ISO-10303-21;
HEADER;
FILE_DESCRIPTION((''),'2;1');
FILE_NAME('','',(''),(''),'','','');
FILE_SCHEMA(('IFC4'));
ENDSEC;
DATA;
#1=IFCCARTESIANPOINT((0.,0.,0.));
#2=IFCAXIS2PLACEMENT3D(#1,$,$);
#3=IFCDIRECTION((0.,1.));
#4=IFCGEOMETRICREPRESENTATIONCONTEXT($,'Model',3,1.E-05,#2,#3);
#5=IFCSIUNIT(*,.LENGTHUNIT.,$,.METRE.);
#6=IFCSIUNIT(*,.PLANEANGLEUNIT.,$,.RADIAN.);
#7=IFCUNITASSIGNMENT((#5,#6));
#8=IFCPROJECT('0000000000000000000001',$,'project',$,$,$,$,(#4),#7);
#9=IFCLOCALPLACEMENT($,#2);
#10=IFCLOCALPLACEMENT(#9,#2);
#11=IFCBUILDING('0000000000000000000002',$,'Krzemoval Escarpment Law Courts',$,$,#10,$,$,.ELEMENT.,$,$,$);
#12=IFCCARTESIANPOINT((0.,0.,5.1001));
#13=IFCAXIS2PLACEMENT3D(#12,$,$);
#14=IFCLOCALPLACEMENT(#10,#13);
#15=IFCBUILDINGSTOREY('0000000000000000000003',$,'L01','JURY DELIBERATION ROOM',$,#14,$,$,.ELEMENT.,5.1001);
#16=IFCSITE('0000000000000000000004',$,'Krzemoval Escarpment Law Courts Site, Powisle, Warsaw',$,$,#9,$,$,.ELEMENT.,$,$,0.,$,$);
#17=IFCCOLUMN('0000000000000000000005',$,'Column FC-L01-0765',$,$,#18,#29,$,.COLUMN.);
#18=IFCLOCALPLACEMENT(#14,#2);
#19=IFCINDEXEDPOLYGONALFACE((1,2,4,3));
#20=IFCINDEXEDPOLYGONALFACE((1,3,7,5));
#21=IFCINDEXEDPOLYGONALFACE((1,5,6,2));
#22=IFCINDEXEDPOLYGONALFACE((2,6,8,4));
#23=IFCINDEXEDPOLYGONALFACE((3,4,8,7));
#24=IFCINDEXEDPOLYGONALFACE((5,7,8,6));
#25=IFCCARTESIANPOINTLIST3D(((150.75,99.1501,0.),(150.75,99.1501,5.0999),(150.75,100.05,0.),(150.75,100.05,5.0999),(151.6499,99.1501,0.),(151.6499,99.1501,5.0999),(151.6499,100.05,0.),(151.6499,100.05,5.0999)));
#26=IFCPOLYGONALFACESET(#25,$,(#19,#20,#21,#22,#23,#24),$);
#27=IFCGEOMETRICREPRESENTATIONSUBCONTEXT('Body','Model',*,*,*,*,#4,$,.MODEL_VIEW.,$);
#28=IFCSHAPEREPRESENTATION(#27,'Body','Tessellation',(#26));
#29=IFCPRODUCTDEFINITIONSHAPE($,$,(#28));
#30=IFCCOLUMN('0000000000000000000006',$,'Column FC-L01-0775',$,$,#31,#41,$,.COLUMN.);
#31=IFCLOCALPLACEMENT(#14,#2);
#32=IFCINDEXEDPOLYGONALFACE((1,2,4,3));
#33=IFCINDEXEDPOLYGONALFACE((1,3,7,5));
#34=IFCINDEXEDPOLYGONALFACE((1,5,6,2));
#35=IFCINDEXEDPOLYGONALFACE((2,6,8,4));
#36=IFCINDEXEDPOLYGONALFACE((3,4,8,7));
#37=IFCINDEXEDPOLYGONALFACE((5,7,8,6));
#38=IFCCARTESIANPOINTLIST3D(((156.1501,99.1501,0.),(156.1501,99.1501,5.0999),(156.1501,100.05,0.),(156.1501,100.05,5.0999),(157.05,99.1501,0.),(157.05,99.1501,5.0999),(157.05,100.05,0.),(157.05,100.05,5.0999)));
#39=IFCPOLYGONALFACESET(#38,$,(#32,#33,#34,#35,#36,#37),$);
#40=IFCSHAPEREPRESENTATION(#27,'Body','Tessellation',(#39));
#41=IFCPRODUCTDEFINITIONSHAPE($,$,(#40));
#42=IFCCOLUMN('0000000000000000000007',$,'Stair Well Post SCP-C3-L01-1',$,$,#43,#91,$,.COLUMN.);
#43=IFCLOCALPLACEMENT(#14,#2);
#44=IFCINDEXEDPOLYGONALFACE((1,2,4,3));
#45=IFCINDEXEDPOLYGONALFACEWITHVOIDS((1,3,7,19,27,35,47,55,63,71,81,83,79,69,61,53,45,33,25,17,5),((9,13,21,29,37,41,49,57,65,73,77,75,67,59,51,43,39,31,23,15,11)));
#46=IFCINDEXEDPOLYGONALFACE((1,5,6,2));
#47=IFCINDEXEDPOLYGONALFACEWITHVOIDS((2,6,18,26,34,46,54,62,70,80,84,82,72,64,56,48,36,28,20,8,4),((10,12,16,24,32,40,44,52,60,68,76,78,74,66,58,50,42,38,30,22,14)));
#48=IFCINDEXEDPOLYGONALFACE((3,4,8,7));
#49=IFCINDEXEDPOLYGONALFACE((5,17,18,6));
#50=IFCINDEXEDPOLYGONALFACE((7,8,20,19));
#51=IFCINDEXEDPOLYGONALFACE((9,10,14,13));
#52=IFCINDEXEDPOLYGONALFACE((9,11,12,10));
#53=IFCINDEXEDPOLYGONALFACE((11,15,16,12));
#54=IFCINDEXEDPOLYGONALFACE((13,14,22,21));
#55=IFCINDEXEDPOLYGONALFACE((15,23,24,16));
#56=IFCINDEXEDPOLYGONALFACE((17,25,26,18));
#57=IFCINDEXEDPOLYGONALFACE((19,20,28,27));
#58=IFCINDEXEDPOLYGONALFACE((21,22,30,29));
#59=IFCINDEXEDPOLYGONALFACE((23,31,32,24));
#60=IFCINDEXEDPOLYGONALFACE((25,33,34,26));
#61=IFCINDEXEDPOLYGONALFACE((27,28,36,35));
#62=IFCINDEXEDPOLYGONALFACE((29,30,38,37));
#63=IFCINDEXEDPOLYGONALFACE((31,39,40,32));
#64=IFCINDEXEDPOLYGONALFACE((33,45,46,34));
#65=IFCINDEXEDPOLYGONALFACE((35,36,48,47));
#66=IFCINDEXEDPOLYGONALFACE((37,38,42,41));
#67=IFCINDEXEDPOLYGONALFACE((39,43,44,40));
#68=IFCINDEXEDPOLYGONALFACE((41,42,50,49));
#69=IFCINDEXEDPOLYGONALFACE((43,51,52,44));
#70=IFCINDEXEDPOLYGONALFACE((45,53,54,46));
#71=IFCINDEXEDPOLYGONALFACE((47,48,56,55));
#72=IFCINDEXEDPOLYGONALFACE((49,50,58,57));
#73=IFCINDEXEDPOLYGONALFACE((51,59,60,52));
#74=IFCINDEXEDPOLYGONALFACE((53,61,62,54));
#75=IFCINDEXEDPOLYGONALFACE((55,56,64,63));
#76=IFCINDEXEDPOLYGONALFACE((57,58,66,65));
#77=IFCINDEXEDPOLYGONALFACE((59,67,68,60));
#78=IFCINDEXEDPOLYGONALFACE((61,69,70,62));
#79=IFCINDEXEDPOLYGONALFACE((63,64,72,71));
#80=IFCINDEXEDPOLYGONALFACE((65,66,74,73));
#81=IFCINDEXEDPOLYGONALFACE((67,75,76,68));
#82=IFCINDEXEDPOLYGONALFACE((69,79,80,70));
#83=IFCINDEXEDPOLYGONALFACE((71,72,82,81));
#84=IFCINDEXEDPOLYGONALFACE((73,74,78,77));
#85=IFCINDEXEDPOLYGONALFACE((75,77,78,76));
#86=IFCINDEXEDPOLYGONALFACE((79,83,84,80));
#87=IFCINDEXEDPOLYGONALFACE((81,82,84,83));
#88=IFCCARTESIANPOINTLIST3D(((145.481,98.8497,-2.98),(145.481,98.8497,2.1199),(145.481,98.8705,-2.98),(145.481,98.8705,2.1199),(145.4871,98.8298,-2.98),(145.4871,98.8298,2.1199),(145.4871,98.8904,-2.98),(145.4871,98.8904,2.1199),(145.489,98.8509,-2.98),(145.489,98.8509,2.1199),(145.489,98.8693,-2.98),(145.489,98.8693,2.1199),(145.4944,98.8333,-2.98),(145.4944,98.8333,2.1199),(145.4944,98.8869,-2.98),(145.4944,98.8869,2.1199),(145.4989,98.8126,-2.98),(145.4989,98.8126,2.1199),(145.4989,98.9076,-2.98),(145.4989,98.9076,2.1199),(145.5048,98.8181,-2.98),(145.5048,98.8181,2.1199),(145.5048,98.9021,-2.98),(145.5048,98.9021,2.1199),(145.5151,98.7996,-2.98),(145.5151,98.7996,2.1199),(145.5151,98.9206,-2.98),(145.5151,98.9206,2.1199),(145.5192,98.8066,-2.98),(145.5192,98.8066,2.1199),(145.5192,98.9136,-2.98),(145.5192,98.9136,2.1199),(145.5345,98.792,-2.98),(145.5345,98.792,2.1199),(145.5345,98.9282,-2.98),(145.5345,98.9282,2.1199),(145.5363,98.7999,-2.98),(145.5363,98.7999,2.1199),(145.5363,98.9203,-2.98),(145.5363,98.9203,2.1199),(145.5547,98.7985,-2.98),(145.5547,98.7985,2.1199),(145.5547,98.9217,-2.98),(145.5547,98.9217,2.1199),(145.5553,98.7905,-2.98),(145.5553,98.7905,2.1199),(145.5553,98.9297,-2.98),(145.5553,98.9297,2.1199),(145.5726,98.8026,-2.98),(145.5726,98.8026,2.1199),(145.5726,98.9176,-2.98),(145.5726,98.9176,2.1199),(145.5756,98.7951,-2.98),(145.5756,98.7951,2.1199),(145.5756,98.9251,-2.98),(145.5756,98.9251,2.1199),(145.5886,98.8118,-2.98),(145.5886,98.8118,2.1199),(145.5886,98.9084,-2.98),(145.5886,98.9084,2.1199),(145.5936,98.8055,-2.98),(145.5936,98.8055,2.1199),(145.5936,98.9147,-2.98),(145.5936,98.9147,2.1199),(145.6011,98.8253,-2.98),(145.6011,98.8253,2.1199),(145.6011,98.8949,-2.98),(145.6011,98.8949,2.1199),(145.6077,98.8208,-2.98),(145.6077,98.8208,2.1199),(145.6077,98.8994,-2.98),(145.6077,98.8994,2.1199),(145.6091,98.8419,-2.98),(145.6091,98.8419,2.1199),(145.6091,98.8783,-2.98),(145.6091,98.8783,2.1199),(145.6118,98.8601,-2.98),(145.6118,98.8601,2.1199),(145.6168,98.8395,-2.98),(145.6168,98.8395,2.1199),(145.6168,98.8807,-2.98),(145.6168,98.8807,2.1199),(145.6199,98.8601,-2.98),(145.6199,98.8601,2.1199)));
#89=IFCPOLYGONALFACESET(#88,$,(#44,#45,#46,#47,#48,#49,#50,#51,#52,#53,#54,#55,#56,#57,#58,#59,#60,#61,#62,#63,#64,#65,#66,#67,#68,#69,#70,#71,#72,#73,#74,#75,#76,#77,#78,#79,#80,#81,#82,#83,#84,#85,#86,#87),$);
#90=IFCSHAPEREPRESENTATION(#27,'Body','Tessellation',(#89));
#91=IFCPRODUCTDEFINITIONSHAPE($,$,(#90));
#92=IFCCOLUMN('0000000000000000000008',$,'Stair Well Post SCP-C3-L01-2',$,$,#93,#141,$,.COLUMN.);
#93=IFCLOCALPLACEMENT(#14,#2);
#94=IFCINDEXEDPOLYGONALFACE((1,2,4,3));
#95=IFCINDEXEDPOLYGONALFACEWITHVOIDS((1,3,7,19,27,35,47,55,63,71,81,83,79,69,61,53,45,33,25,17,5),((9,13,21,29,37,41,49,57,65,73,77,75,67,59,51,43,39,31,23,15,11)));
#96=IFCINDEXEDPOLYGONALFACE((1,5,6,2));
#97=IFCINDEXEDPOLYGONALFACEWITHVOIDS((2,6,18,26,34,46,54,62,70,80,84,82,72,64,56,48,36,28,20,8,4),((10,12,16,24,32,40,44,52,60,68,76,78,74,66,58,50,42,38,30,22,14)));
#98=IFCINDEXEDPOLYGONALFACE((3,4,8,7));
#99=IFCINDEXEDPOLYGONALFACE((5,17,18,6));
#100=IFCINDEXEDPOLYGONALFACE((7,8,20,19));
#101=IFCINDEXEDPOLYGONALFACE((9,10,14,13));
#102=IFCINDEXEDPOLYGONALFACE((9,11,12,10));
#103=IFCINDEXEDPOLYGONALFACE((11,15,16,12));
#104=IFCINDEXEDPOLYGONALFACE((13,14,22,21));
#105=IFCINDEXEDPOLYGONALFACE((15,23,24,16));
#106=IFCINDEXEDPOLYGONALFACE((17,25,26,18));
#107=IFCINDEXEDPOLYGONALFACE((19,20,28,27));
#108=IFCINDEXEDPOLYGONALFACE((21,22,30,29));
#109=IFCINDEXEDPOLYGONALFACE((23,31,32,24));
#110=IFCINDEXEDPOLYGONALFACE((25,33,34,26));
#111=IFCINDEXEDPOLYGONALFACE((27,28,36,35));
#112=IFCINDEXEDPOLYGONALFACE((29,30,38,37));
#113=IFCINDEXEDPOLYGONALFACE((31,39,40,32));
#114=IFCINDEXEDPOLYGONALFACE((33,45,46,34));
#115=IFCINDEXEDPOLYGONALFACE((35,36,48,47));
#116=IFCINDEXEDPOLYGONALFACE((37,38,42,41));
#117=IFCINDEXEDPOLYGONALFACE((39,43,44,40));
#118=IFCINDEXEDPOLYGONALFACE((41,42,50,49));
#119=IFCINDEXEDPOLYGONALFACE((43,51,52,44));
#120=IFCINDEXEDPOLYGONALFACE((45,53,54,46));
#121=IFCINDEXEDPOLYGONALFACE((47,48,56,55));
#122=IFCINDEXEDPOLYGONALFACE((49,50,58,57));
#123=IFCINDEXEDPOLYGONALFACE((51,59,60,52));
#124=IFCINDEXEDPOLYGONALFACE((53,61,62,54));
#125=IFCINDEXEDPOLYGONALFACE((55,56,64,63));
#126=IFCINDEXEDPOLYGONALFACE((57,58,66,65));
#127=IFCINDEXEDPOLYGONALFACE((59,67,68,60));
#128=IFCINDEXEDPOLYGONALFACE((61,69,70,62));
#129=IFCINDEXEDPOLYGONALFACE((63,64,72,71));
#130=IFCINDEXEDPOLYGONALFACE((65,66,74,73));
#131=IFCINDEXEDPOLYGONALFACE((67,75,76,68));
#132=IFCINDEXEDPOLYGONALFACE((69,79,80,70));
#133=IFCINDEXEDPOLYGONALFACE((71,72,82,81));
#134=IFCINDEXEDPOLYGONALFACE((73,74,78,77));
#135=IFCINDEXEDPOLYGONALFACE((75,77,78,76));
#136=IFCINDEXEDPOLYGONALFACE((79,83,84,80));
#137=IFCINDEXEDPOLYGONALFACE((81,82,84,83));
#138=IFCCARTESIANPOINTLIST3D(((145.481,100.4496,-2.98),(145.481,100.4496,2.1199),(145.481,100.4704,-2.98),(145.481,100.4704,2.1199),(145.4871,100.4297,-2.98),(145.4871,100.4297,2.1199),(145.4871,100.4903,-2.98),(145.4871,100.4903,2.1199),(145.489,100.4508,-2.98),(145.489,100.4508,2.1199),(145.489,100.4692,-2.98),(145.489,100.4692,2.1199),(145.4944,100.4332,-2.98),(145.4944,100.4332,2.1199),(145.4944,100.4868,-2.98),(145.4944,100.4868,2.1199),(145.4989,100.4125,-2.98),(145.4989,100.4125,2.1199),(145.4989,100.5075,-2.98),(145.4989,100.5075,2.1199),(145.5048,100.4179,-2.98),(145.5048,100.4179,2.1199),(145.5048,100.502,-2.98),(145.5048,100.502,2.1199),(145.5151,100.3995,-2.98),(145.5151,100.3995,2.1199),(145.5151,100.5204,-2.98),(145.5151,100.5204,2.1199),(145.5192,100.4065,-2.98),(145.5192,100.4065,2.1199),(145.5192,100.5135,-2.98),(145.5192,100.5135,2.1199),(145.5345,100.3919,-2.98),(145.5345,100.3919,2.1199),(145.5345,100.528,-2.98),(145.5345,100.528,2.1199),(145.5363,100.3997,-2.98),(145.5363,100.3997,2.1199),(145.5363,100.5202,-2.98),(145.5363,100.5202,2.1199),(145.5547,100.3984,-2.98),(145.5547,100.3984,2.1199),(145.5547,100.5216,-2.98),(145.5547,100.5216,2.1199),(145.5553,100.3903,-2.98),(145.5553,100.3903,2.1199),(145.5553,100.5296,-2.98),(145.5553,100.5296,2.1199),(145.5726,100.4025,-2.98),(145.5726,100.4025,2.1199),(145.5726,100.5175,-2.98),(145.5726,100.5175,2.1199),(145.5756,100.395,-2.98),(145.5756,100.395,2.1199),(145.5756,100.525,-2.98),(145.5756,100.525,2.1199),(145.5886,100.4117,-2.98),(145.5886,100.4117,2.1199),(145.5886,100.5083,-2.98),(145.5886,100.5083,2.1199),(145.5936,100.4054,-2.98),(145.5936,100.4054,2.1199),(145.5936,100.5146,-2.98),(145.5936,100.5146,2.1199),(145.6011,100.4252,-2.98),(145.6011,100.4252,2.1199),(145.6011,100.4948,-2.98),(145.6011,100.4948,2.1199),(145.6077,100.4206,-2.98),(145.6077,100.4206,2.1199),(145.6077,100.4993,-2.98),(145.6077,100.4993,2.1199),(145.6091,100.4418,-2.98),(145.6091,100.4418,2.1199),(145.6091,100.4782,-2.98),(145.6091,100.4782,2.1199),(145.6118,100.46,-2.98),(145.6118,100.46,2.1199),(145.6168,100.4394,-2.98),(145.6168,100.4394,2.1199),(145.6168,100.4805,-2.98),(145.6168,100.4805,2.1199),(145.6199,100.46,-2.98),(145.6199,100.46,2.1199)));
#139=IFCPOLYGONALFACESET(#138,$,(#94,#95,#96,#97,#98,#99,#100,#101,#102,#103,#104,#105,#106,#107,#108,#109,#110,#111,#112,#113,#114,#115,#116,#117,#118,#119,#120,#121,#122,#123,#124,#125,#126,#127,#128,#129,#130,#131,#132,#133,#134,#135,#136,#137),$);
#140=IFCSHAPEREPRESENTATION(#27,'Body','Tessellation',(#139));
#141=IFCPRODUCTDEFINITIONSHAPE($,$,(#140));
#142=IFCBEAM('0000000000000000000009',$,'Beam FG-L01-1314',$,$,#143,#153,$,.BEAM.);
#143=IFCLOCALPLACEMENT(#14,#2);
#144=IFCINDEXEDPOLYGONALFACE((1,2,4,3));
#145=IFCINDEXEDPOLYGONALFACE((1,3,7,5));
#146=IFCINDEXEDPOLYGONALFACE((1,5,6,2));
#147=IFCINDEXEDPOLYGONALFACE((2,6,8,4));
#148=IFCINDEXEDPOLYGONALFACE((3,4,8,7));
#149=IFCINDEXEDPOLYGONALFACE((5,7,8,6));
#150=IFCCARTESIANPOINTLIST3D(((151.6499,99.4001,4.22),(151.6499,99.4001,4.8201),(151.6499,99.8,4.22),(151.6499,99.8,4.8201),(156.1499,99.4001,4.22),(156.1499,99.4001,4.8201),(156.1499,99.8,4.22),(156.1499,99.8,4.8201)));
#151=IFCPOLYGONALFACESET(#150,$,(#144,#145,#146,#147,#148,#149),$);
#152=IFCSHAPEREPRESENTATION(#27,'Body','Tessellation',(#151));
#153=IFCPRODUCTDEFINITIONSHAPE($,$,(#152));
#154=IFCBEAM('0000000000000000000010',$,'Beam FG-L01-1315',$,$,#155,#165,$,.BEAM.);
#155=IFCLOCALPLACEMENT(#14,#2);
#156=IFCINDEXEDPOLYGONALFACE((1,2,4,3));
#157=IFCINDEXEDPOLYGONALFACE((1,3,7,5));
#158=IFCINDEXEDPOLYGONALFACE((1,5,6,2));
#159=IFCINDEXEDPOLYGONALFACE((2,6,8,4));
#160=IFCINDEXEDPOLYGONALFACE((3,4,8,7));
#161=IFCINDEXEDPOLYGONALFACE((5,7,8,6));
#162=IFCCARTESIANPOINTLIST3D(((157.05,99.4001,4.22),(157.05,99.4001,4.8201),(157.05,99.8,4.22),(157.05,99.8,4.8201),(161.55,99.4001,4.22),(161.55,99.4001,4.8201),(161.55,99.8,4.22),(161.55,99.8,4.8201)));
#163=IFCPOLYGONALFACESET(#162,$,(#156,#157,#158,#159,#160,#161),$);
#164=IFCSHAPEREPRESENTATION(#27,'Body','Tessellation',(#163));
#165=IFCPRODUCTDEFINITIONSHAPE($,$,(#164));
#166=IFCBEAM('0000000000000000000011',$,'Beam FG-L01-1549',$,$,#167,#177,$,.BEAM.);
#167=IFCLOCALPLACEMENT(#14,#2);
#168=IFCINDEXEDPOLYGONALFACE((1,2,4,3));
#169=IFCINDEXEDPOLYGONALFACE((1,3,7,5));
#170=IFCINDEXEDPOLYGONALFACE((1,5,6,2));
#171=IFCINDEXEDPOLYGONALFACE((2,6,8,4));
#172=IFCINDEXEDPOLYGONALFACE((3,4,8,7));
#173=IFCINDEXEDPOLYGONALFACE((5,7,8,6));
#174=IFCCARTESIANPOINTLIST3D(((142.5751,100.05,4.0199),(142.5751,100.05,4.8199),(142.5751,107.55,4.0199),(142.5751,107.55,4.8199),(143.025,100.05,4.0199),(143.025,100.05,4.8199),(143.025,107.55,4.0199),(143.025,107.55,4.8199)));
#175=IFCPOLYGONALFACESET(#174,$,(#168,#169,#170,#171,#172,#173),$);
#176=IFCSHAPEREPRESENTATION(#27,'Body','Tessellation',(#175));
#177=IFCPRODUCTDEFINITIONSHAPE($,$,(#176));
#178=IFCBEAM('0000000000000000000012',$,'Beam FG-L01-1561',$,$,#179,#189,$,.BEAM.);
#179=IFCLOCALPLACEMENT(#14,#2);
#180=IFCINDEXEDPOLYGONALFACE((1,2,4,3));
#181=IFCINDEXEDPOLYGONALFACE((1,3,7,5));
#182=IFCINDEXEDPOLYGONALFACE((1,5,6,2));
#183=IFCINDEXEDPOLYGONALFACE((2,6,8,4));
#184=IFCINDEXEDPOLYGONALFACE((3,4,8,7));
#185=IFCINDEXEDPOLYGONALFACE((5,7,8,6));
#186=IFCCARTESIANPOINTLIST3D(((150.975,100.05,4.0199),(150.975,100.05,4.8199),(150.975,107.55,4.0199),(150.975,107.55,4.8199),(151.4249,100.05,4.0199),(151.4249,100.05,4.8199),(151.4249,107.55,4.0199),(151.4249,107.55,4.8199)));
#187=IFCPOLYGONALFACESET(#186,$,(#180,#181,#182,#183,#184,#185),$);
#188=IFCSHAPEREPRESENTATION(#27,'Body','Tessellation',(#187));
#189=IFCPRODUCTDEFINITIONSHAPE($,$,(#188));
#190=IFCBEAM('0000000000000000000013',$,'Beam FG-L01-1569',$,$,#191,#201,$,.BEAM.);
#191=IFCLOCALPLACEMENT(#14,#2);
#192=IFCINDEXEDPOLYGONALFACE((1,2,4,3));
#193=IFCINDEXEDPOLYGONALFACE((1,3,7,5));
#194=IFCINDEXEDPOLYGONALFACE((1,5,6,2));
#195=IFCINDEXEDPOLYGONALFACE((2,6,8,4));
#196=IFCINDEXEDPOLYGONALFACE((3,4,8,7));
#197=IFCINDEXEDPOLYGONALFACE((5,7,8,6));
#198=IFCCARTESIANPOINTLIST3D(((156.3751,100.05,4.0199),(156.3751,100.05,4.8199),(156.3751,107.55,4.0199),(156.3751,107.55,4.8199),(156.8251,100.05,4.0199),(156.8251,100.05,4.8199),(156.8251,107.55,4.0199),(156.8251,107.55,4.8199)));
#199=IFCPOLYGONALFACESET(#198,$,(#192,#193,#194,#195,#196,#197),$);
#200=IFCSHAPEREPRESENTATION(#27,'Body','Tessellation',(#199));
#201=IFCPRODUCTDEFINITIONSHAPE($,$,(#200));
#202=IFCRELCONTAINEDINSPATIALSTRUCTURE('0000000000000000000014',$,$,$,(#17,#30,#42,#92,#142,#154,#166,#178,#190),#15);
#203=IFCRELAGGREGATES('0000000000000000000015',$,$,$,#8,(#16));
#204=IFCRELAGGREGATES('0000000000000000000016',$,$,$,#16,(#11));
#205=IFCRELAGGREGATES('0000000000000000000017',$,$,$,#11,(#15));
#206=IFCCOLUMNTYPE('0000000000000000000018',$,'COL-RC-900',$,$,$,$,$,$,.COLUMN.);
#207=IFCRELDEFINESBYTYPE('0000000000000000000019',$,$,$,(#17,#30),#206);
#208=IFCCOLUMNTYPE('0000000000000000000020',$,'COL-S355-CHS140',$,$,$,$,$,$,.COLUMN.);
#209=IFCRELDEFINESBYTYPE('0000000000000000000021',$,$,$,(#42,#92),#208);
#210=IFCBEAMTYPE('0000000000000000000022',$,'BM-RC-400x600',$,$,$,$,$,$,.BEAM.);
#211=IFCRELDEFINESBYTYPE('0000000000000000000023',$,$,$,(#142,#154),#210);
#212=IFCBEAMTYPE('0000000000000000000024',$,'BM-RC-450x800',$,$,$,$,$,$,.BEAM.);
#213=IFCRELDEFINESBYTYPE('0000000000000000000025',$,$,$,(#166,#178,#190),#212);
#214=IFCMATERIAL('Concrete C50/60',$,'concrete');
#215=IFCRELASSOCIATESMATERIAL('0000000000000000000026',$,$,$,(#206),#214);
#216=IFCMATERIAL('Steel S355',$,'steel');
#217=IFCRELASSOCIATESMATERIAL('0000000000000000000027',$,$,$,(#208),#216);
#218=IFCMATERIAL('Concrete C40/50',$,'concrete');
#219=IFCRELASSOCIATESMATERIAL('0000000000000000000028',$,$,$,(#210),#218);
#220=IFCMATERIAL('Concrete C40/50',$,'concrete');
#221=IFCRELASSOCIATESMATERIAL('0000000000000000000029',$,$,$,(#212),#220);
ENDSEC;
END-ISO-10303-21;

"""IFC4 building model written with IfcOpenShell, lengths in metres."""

from ifc_helpers import new_model, si_unit, direction, frame, origin, origin_2d, place, context, subcontext, project, spatial, rectangle, hollow_circle, extrude, material, material_profile, profile_set, type_object, element, save


model = new_model("IFC4")

# Units and contexts
model_context = context("Model", 3, precision=1e-05, world=origin(), true_north=direction((0.0, 1.0)))
body_context = subcontext(model_context, "Body", "Model", "MODEL_VIEW")
ifc_project = project(units=[si_unit("LENGTHUNIT", "METRE"), si_unit("PLANEANGLEUNIT", "RADIAN")], contexts=[model_context])

# Site, building, storey
site_placement = place(None, origin())
site = spatial("IfcSite", under=ifc_project, at=site_placement, Name="Krzemoval Escarpment Law Courts Site, Powisle, Warsaw", CompositionType="ELEMENT", RefElevation=0.0)
building_placement = place(site_placement, origin())
building = spatial("IfcBuilding", under=site, at=building_placement, Name="Krzemoval Escarpment Law Courts", CompositionType="ELEMENT")
storey_placement = place(building_placement, frame((0.0, 0.0, 5.1001)))
storey = spatial("IfcBuildingStorey", under=building, at=storey_placement, Name="L01", Description="JURY DELIBERATION ROOM", CompositionType="ELEMENT", Elevation=5.1001)

# Columns
ifc_material_1 = material(Name="Concrete C50/60", Category="concrete")
ifc_material_profile_1 = material_profile(ifc_material_1, rectangle(XDim=0.8999, YDim=0.8999, at=origin_2d()), Name="RC 900x900")
ifc_profile_set_1 = profile_set([ifc_material_profile_1], Name="Concrete C50/60")
column_type_1 = type_object("IfcColumnType", Name="COL-RC-900", PredefinedType="COLUMN", material=ifc_profile_set_1)
for number, where, z_axis, x_axis, name in (
    (1, (151.2, 99.6001, 0.0), (0.0, 0.0, 1.0), (1.0, 0.0, 0.0), "Column FC-L01-0765"),
    (2, (156.6001, 99.6001, 0.0), (0.0, 0.0, 1.0), (1.0, 0.0, 0.0), "Column FC-L01-0775"),
):
    element("IfcColumn", number, at=place(storey_placement, frame(where, z_axis=z_axis, x_axis=x_axis)), inside=storey, type_object=column_type_1, Name=name, PredefinedType="COLUMN", context=body_context, shape_type="SweptSolid", body=[
        extrude(rectangle(XDim=0.8999, YDim=0.8999, at=origin_2d()), origin(), (0.0, 0.0, 1.0), 5.0999),
    ])
ifc_material_2 = material(Name="Steel S355", Category="steel")
ifc_material_profile_2 = material_profile(ifc_material_2, hollow_circle(Radius=0.0698, WallThickness=0.0081, at=origin_2d()), Name="CHS 139.7x8")
ifc_profile_set_2 = profile_set([ifc_material_profile_2], Name="Steel S355")
column_type_2 = type_object("IfcColumnType", Name="COL-S355-CHS140", PredefinedType="COLUMN", material=ifc_profile_set_2)
for number, where, z_axis, x_axis, name in (
    (3, (145.55, 98.8601, -2.98), (0.0, 0.0, 1.0), (1.0, 0.0, 0.0), "Stair Well Post SCP-C3-L01-1"),
    (4, (145.55, 100.46, -2.98), (0.0, 0.0, 1.0), (1.0, 0.0, 0.0), "Stair Well Post SCP-C3-L01-2"),
):
    element("IfcColumn", number, at=place(storey_placement, frame(where, z_axis=z_axis, x_axis=x_axis)), inside=storey, type_object=column_type_2, Name=name, PredefinedType="COLUMN", context=body_context, shape_type="SweptSolid", body=[
        extrude(hollow_circle(Radius=0.0698, WallThickness=0.0081, at=origin_2d()), origin(), (0.0, 0.0, 1.0), 5.0999),
    ])

# Beams
ifc_material_3 = material(Name="Concrete C40/50", Category="concrete")
ifc_material_profile_3 = material_profile(ifc_material_3, rectangle(XDim=0.3999, YDim=0.6001, at=origin_2d()), Name="RCB 400x600")
ifc_profile_set_3 = profile_set([ifc_material_profile_3], Name="Concrete C40/50")
beam_type_1 = type_object("IfcBeamType", Name="BM-RC-400x600", PredefinedType="BEAM", material=ifc_profile_set_3)
for number, where, z_axis, x_axis, name in (
    (5, (151.6499, 99.6001, 4.52), (1.0, 0.0, 0.0), (0.0, 1.0, 0.0), "Beam FG-L01-1314"),
    (6, (157.05, 99.6001, 4.52), (1.0, 0.0, 0.0), (0.0, 1.0, 0.0), "Beam FG-L01-1315"),
):
    element("IfcBeam", number, at=place(storey_placement, frame(where, z_axis=z_axis, x_axis=x_axis)), inside=storey, type_object=beam_type_1, Name=name, PredefinedType="BEAM", context=body_context, shape_type="SweptSolid", body=[
        extrude(rectangle(XDim=0.3999, YDim=0.6001, at=origin_2d()), origin(), (0.0, 0.0, 1.0), 4.5),
    ])
ifc_material_4 = material(Name="Concrete C40/50", Category="concrete")
ifc_material_profile_4 = material_profile(ifc_material_4, rectangle(XDim=0.45, YDim=0.8, at=origin_2d()), Name="RCB 450x800")
ifc_profile_set_4 = profile_set([ifc_material_profile_4], Name="Concrete C40/50")
beam_type_2 = type_object("IfcBeamType", Name="BM-RC-450x800", PredefinedType="BEAM", material=ifc_profile_set_4)
for number, where, z_axis, x_axis, name in (
    (7, (142.8, 100.05, 4.4199), (0.0, 1.0, 0.0), (-1.0, 0.0, 0.0), "Beam FG-L01-1549"),
    (8, (151.2, 100.05, 4.4199), (0.0, 1.0, 0.0), (-1.0, 0.0, 0.0), "Beam FG-L01-1561"),
    (9, (156.6001, 100.05, 4.4199), (0.0, 1.0, 0.0), (-1.0, 0.0, 0.0), "Beam FG-L01-1569"),
):
    element("IfcBeam", number, at=place(storey_placement, frame(where, z_axis=z_axis, x_axis=x_axis)), inside=storey, type_object=beam_type_2, Name=name, PredefinedType="BEAM", context=body_context, shape_type="SweptSolid", body=[
        extrude(rectangle(XDim=0.45, YDim=0.8, at=origin_2d()), origin(), (0.0, 0.0, 1.0), 7.5),
    ])

save(model, "model.ifc")
